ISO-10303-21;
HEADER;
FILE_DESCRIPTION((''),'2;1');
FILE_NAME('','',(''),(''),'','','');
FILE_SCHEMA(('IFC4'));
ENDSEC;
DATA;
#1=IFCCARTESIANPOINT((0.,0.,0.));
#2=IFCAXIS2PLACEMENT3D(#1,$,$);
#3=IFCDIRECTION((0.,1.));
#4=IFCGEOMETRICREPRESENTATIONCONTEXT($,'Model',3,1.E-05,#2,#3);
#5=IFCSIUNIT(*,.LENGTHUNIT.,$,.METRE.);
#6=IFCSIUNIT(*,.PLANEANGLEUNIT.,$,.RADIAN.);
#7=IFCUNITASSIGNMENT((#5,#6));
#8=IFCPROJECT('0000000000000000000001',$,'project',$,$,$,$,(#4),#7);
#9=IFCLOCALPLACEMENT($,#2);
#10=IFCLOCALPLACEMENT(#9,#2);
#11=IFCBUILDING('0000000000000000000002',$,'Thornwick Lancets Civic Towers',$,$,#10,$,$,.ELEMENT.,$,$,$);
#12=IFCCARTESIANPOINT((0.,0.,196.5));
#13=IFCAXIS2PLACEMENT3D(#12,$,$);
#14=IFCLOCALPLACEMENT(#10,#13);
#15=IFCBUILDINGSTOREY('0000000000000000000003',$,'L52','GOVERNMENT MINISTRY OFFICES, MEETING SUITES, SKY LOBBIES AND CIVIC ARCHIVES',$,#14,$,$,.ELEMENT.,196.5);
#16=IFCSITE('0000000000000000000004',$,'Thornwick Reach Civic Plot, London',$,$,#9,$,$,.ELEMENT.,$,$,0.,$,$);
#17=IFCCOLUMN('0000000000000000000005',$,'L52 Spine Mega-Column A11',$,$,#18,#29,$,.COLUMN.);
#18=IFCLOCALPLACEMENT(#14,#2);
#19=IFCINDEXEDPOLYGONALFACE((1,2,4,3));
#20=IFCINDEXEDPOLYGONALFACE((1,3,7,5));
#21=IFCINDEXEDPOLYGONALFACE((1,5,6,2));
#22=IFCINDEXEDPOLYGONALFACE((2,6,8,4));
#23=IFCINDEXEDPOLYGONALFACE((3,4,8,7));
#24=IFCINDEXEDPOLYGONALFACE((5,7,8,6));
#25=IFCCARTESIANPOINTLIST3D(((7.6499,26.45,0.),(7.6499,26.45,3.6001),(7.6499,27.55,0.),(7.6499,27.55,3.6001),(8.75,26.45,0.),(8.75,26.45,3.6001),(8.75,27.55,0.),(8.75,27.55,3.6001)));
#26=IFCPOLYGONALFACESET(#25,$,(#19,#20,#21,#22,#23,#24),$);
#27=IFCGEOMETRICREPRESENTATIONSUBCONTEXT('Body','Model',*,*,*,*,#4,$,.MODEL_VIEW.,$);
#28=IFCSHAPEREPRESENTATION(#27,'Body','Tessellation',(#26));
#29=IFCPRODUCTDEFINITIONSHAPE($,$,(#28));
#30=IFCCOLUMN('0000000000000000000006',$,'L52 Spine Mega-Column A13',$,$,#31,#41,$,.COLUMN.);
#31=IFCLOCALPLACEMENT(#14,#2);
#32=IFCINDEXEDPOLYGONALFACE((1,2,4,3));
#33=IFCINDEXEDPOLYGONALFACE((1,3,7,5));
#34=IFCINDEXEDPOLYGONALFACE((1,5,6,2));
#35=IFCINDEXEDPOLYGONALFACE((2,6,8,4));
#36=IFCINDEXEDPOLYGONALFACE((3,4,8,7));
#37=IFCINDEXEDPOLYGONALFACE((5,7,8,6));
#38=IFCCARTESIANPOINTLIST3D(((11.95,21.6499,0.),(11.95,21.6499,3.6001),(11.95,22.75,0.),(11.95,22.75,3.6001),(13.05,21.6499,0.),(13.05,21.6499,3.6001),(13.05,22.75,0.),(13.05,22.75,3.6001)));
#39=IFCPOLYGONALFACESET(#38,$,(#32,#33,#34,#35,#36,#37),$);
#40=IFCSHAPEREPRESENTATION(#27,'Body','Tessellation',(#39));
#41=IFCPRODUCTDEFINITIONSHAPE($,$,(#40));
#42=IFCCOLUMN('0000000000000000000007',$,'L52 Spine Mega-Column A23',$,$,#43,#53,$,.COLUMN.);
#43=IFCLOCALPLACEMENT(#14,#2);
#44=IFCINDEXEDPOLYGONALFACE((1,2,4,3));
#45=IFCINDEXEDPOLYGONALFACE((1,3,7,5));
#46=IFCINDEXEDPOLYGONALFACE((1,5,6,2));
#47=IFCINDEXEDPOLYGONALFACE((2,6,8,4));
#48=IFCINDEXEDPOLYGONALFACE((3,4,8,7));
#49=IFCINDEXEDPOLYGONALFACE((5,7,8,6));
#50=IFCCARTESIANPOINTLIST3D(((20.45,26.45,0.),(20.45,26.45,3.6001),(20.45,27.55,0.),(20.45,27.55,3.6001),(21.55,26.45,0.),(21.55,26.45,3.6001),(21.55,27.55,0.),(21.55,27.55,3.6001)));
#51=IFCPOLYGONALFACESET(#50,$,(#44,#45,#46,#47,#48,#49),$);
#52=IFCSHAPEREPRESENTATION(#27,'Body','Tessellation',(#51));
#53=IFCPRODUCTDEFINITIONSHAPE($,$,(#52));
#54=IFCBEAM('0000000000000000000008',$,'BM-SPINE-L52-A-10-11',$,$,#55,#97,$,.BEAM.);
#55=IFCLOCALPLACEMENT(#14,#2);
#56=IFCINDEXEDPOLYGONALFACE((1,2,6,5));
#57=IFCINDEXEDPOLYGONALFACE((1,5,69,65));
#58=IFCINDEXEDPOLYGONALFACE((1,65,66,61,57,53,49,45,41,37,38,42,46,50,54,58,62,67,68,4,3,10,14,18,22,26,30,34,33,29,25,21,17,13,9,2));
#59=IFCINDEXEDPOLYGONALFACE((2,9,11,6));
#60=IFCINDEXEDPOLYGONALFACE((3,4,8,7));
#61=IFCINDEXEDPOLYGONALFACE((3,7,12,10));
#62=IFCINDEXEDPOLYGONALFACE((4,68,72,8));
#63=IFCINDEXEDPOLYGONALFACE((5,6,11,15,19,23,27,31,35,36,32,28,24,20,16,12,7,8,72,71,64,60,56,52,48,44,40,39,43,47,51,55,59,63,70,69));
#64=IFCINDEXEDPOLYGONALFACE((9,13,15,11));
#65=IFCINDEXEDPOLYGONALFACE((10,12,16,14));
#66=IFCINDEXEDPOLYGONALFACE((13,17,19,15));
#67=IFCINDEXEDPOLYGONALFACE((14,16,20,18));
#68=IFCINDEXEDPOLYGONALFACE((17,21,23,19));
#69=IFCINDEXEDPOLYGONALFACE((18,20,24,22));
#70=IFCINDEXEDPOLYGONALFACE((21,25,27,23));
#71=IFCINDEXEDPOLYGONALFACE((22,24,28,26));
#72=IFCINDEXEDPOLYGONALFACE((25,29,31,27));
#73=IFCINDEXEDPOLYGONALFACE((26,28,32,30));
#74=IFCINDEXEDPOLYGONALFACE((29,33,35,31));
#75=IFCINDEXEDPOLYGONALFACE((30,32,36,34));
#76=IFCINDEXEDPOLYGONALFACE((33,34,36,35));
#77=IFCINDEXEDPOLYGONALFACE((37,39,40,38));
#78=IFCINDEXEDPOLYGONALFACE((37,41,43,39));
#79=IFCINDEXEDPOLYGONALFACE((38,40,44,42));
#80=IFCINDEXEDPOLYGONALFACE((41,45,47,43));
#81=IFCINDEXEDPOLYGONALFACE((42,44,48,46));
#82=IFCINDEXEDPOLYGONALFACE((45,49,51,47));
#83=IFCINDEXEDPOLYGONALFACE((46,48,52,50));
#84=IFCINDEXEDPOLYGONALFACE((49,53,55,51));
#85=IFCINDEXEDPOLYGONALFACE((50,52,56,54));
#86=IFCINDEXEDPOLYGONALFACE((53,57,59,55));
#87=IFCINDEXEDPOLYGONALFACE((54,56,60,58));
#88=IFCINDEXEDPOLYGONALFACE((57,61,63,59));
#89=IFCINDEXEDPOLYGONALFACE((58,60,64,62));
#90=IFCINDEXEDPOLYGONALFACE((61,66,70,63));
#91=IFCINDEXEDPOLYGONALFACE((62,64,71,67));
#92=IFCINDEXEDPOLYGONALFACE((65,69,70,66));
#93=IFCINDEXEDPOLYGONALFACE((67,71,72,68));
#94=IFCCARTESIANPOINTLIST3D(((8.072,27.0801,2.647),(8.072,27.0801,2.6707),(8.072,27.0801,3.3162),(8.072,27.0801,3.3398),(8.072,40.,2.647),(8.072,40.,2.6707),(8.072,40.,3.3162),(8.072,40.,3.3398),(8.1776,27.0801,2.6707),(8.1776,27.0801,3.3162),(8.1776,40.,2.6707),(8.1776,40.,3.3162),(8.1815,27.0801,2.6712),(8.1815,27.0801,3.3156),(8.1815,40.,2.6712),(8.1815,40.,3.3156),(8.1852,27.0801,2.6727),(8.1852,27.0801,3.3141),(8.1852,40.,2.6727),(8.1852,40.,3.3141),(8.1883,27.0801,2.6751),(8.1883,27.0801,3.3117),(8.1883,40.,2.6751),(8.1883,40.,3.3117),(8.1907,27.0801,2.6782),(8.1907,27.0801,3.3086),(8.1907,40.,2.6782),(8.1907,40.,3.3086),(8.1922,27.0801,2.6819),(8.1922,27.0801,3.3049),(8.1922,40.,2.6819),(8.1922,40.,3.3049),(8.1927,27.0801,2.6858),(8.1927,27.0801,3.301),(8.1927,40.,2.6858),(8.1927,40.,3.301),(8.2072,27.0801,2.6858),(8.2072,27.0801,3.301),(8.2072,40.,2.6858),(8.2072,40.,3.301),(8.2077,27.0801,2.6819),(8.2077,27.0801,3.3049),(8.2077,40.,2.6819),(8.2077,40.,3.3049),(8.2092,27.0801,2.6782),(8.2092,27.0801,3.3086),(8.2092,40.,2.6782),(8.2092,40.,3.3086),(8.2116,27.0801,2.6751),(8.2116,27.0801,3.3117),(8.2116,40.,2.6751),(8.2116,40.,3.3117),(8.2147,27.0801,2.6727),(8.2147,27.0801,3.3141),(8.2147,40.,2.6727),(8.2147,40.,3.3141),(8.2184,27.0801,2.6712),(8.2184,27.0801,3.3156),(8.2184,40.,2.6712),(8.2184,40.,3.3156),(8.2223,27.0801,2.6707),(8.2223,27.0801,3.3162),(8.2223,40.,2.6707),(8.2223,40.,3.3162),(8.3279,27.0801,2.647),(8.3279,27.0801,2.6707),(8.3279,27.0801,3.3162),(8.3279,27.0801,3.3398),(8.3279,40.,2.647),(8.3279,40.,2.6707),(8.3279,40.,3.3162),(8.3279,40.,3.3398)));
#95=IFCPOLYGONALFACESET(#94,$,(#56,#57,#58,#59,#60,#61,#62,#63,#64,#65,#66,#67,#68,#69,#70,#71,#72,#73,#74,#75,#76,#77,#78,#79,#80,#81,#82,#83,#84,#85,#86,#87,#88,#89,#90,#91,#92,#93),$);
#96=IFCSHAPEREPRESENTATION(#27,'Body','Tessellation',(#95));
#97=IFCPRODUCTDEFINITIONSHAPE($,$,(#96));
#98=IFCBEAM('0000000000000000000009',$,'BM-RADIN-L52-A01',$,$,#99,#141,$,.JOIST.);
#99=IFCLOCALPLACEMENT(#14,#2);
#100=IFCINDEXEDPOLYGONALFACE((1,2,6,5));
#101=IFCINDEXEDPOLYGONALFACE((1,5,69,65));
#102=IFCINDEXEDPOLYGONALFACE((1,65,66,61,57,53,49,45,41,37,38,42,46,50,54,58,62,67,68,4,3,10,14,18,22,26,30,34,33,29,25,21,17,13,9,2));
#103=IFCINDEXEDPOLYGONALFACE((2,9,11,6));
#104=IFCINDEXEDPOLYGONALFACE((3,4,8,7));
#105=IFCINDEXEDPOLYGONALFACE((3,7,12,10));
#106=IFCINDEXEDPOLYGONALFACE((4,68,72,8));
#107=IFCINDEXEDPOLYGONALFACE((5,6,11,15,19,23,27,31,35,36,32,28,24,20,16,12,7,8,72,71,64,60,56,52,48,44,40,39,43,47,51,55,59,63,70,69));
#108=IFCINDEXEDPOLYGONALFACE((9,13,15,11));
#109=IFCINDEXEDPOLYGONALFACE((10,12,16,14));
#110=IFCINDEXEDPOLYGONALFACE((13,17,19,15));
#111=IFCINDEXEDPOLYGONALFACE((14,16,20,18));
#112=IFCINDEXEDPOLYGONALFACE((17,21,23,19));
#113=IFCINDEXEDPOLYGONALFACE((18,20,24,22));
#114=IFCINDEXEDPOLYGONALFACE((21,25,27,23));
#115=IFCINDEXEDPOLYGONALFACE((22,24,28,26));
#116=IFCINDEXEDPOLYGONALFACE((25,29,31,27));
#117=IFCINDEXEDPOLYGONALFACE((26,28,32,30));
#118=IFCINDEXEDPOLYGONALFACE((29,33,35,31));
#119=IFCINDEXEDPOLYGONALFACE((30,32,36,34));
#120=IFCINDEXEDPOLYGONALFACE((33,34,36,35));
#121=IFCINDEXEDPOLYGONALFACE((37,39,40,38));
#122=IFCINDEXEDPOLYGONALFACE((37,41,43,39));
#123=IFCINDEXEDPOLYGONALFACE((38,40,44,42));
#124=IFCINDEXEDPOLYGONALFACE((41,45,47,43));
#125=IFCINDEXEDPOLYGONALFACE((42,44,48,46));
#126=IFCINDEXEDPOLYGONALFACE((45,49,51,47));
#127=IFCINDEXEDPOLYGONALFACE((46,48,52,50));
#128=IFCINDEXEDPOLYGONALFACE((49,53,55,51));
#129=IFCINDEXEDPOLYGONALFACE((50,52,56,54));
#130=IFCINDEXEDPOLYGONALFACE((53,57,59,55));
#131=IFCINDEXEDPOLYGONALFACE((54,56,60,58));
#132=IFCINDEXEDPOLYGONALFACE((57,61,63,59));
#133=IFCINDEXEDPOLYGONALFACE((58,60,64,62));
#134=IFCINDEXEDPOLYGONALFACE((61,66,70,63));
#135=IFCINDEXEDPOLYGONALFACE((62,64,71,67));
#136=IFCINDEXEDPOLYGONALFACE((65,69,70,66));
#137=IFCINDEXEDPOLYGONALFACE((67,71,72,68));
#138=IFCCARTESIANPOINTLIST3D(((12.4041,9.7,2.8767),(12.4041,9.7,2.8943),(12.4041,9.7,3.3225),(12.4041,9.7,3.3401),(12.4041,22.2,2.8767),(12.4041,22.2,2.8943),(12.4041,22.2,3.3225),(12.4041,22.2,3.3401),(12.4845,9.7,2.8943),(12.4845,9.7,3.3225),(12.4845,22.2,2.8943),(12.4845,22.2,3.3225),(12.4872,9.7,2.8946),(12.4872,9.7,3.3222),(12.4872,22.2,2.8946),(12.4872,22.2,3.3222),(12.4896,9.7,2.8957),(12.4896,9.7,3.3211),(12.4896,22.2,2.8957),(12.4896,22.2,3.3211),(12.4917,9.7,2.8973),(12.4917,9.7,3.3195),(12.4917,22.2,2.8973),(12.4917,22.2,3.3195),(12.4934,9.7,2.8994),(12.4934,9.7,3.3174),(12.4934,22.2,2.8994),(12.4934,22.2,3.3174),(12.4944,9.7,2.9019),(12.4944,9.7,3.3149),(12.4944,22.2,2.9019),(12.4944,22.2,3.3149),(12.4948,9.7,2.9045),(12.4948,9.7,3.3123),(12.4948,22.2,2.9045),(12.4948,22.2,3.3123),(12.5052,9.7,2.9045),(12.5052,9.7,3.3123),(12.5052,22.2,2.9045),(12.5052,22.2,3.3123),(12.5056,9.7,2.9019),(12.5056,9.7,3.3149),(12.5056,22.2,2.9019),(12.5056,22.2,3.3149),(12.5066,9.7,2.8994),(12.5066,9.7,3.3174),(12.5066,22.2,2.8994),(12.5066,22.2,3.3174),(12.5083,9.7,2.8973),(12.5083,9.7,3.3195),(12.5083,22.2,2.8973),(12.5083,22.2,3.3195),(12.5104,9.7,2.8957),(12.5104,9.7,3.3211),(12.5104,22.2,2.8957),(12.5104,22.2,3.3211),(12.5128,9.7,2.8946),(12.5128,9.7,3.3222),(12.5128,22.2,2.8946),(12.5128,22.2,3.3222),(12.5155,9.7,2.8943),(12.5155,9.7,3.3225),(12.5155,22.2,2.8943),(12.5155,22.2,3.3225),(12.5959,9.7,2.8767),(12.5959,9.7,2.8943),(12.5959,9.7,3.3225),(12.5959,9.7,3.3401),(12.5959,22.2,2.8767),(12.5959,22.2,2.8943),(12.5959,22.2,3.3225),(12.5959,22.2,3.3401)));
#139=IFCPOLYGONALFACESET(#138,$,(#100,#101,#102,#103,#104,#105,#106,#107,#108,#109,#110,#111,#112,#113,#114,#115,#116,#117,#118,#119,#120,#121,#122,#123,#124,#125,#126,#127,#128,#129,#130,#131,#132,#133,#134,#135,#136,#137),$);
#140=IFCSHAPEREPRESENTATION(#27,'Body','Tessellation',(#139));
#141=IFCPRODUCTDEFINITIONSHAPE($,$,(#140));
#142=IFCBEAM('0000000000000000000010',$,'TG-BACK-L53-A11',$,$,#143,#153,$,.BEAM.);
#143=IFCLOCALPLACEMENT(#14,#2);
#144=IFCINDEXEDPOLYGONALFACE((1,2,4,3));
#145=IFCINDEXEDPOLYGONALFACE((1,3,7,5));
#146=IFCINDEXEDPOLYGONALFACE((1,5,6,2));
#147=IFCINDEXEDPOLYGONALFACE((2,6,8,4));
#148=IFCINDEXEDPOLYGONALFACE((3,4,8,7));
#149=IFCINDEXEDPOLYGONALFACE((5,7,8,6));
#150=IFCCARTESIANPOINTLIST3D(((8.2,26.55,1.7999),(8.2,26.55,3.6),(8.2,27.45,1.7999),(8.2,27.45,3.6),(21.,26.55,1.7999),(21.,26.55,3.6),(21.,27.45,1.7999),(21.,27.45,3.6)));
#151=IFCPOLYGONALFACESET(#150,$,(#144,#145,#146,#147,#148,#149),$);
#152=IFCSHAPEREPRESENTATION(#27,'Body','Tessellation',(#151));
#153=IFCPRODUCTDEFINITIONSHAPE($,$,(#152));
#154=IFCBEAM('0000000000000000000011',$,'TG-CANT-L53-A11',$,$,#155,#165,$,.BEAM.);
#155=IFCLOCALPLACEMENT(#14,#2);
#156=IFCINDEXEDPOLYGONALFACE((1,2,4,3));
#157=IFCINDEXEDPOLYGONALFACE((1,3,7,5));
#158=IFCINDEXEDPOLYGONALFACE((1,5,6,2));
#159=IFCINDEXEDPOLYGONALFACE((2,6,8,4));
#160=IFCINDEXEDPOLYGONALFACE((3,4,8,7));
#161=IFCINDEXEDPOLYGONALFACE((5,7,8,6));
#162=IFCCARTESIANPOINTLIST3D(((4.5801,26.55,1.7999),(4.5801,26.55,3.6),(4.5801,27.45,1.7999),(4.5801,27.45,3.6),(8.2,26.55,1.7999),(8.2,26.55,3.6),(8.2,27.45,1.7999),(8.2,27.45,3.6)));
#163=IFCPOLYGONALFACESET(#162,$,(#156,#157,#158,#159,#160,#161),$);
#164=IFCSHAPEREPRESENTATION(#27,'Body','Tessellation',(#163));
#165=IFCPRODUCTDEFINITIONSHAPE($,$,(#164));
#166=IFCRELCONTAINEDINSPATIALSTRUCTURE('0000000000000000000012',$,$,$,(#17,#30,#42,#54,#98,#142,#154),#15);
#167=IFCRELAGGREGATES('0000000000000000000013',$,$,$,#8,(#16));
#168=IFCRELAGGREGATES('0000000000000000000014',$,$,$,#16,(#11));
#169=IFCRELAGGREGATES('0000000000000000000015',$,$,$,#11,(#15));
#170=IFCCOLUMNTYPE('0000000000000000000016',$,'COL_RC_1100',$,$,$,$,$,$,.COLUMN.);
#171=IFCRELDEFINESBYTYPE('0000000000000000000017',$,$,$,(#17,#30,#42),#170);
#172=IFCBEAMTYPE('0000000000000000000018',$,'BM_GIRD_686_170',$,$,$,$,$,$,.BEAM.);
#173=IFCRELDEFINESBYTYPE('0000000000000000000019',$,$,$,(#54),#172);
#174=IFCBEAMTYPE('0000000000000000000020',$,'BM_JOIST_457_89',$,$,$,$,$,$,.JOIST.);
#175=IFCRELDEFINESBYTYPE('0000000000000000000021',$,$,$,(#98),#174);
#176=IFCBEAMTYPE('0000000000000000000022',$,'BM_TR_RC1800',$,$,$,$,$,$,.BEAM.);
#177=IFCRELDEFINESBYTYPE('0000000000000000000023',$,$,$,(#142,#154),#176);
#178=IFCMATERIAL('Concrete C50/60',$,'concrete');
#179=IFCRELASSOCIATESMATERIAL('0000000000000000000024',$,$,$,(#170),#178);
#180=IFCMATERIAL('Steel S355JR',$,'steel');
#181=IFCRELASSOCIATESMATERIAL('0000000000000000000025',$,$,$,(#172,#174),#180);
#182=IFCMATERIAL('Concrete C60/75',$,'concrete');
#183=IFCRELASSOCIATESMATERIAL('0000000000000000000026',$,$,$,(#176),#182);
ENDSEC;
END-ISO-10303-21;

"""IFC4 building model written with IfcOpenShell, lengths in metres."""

from ifc_helpers import new_model, si_unit, direction, frame, origin, origin_2d, place, context, subcontext, project, spatial, rectangle, i_section, extrude, material, material_profile, profile_set, type_object, element, save


model = new_model("IFC4")

# Units and contexts
model_context = context("Model", 3, precision=1e-05, world=origin(), true_north=direction((0.0, 1.0)))
body_context = subcontext(model_context, "Body", "Model", "MODEL_VIEW")
ifc_project = project(units=[si_unit("LENGTHUNIT", "METRE"), si_unit("PLANEANGLEUNIT", "RADIAN")], contexts=[model_context])

# Site, building, storey
site_placement = place(None, origin())
site = spatial("IfcSite", under=ifc_project, at=site_placement, Name="Thornwick Reach Civic Plot, London", CompositionType="ELEMENT", RefElevation=0.0)
building_placement = place(site_placement, origin())
building = spatial("IfcBuilding", under=site, at=building_placement, Name="Thornwick Lancets Civic Towers", CompositionType="ELEMENT")
storey_placement = place(building_placement, frame((0.0, 0.0, 196.5)))
storey = spatial("IfcBuildingStorey", under=building, at=storey_placement, Name="L52", Description="GOVERNMENT MINISTRY OFFICES, MEETING SUITES, SKY LOBBIES AND CIVIC ARCHIVES", CompositionType="ELEMENT", Elevation=196.5)

# Columns
ifc_material_1 = material(Name="Concrete C50/60", Category="concrete")
ifc_material_profile_1 = material_profile(ifc_material_1, rectangle(XDim=1.1001, YDim=1.1001, at=origin_2d()), Name="RC 1100x1100")
ifc_profile_set_1 = profile_set([ifc_material_profile_1], Name="Concrete C50/60")
column_type = type_object("IfcColumnType", Name="COL_RC_1100", PredefinedType="COLUMN", material=ifc_profile_set_1)
for number, where, z_axis, x_axis, name in (
    (1, (8.2, 27.0, 0.0), (0.0, 0.0, 1.0), (1.0, 0.0, 0.0), "L52 Spine Mega-Column A11"),
    (2, (12.5, 22.2, 0.0), (0.0, 0.0, 1.0), (1.0, 0.0, 0.0), "L52 Spine Mega-Column A13"),
    (3, (21.0, 27.0, 0.0), (0.0, 0.0, 1.0), (1.0, 0.0, 0.0), "L52 Spine Mega-Column A23"),
):
    element("IfcColumn", number, at=place(storey_placement, frame(where, z_axis=z_axis, x_axis=x_axis)), inside=storey, type_object=column_type, Name=name, PredefinedType="COLUMN", context=body_context, shape_type="SweptSolid", body=[
        extrude(rectangle(XDim=1.1001, YDim=1.1001, at=origin_2d()), origin(), (0.0, 0.0, 1.0), 3.6001),
    ])

# Beams
ifc_material_2 = material(Name="Steel S355JR", Category="steel")
ifc_material_profile_2 = material_profile(ifc_material_2, i_section(OverallWidth=0.2559, OverallDepth=0.6929, WebThickness=0.0144, FlangeThickness=0.0237, FilletRadius=0.0151, at=origin_2d()), Name="UKB 686x254x170")
ifc_profile_set_2 = profile_set([ifc_material_profile_2], Name="Steel S355JR")
beam_type_1 = type_object("IfcBeamType", Name="BM_GIRD_686_170", PredefinedType="BEAM", material=ifc_profile_set_2)
beam_1_placement = place(storey_placement, frame((8.2, 27.0801, 2.9934), z_axis=(0.0, 1.0, 0.0), x_axis=(-1.0, 0.0, 0.0)))
element("IfcBeam", 4, at=beam_1_placement, inside=storey, type_object=beam_type_1, Name="BM-SPINE-L52-A-10-11", PredefinedType="BEAM", context=body_context, shape_type="SweptSolid", body=[
    extrude(i_section(OverallWidth=0.2559, OverallDepth=0.6929, WebThickness=0.0144, FlangeThickness=0.0237, FilletRadius=0.0151, at=origin_2d()), origin(), (0.0, 0.0, 1.0), 12.9199),
])
ifc_material_profile_3 = material_profile(ifc_material_2, i_section(OverallWidth=0.1919, OverallDepth=0.4634, WebThickness=0.0105, FlangeThickness=0.0176, FilletRadius=0.0103, at=origin_2d()), Name="UKB 457x191x89")
ifc_profile_set_3 = profile_set([ifc_material_profile_3], Name="Steel S355JR")
beam_type_2 = type_object("IfcBeamType", Name="BM_JOIST_457_89", PredefinedType="JOIST", material=ifc_profile_set_3)
beam_2_placement = place(storey_placement, frame((12.5, 22.2, 3.1084), z_axis=(0.0, -1.0, 0.0), x_axis=(1.0, 0.0, 0.0)))
element("IfcBeam", 5, at=beam_2_placement, inside=storey, type_object=beam_type_2, Name="BM-RADIN-L52-A01", PredefinedType="JOIST", context=body_context, shape_type="SweptSolid", body=[
    extrude(i_section(OverallWidth=0.1919, OverallDepth=0.4634, WebThickness=0.0105, FlangeThickness=0.0176, FilletRadius=0.0103, at=origin_2d()), origin(), (0.0, 0.0, 1.0), 12.5),
])
ifc_material_3 = material(Name="Concrete C60/75", Category="concrete")
ifc_material_profile_4 = material_profile(ifc_material_3, rectangle(XDim=0.8999, YDim=1.8, at=origin_2d()), Name="RC 900x1800")
ifc_profile_set_4 = profile_set([ifc_material_profile_4], Name="Concrete C60/75")
beam_type_3 = type_object("IfcBeamType", Name="BM_TR_RC1800", PredefinedType="BEAM", material=ifc_profile_set_4)
beam_3_placement = place(storey_placement, frame((21.0, 27.0, 2.7), z_axis=(-1.0, 0.0, 0.0), x_axis=(0.0, -1.0, 0.0)))
element("IfcBeam", 6, at=beam_3_placement, inside=storey, type_object=beam_type_3, Name="TG-BACK-L53-A11", PredefinedType="BEAM", context=body_context, shape_type="SweptSolid", body=[
    extrude(rectangle(XDim=0.8999, YDim=1.8, at=origin_2d()), origin(), (0.0, 0.0, 1.0), 12.8),
])
beam_4_placement = place(storey_placement, frame((8.2, 27.0, 2.7), z_axis=(-1.0, 0.0, 0.0), x_axis=(0.0, -1.0, 0.0)))
element("IfcBeam", 7, at=beam_4_placement, inside=storey, type_object=beam_type_3, Name="TG-CANT-L53-A11", PredefinedType="BEAM", context=body_context, shape_type="SweptSolid", body=[
    extrude(rectangle(XDim=0.8999, YDim=1.8, at=origin_2d()), origin(), (0.0, 0.0, 1.0), 3.6199),
])

save(model, "model.ifc")
